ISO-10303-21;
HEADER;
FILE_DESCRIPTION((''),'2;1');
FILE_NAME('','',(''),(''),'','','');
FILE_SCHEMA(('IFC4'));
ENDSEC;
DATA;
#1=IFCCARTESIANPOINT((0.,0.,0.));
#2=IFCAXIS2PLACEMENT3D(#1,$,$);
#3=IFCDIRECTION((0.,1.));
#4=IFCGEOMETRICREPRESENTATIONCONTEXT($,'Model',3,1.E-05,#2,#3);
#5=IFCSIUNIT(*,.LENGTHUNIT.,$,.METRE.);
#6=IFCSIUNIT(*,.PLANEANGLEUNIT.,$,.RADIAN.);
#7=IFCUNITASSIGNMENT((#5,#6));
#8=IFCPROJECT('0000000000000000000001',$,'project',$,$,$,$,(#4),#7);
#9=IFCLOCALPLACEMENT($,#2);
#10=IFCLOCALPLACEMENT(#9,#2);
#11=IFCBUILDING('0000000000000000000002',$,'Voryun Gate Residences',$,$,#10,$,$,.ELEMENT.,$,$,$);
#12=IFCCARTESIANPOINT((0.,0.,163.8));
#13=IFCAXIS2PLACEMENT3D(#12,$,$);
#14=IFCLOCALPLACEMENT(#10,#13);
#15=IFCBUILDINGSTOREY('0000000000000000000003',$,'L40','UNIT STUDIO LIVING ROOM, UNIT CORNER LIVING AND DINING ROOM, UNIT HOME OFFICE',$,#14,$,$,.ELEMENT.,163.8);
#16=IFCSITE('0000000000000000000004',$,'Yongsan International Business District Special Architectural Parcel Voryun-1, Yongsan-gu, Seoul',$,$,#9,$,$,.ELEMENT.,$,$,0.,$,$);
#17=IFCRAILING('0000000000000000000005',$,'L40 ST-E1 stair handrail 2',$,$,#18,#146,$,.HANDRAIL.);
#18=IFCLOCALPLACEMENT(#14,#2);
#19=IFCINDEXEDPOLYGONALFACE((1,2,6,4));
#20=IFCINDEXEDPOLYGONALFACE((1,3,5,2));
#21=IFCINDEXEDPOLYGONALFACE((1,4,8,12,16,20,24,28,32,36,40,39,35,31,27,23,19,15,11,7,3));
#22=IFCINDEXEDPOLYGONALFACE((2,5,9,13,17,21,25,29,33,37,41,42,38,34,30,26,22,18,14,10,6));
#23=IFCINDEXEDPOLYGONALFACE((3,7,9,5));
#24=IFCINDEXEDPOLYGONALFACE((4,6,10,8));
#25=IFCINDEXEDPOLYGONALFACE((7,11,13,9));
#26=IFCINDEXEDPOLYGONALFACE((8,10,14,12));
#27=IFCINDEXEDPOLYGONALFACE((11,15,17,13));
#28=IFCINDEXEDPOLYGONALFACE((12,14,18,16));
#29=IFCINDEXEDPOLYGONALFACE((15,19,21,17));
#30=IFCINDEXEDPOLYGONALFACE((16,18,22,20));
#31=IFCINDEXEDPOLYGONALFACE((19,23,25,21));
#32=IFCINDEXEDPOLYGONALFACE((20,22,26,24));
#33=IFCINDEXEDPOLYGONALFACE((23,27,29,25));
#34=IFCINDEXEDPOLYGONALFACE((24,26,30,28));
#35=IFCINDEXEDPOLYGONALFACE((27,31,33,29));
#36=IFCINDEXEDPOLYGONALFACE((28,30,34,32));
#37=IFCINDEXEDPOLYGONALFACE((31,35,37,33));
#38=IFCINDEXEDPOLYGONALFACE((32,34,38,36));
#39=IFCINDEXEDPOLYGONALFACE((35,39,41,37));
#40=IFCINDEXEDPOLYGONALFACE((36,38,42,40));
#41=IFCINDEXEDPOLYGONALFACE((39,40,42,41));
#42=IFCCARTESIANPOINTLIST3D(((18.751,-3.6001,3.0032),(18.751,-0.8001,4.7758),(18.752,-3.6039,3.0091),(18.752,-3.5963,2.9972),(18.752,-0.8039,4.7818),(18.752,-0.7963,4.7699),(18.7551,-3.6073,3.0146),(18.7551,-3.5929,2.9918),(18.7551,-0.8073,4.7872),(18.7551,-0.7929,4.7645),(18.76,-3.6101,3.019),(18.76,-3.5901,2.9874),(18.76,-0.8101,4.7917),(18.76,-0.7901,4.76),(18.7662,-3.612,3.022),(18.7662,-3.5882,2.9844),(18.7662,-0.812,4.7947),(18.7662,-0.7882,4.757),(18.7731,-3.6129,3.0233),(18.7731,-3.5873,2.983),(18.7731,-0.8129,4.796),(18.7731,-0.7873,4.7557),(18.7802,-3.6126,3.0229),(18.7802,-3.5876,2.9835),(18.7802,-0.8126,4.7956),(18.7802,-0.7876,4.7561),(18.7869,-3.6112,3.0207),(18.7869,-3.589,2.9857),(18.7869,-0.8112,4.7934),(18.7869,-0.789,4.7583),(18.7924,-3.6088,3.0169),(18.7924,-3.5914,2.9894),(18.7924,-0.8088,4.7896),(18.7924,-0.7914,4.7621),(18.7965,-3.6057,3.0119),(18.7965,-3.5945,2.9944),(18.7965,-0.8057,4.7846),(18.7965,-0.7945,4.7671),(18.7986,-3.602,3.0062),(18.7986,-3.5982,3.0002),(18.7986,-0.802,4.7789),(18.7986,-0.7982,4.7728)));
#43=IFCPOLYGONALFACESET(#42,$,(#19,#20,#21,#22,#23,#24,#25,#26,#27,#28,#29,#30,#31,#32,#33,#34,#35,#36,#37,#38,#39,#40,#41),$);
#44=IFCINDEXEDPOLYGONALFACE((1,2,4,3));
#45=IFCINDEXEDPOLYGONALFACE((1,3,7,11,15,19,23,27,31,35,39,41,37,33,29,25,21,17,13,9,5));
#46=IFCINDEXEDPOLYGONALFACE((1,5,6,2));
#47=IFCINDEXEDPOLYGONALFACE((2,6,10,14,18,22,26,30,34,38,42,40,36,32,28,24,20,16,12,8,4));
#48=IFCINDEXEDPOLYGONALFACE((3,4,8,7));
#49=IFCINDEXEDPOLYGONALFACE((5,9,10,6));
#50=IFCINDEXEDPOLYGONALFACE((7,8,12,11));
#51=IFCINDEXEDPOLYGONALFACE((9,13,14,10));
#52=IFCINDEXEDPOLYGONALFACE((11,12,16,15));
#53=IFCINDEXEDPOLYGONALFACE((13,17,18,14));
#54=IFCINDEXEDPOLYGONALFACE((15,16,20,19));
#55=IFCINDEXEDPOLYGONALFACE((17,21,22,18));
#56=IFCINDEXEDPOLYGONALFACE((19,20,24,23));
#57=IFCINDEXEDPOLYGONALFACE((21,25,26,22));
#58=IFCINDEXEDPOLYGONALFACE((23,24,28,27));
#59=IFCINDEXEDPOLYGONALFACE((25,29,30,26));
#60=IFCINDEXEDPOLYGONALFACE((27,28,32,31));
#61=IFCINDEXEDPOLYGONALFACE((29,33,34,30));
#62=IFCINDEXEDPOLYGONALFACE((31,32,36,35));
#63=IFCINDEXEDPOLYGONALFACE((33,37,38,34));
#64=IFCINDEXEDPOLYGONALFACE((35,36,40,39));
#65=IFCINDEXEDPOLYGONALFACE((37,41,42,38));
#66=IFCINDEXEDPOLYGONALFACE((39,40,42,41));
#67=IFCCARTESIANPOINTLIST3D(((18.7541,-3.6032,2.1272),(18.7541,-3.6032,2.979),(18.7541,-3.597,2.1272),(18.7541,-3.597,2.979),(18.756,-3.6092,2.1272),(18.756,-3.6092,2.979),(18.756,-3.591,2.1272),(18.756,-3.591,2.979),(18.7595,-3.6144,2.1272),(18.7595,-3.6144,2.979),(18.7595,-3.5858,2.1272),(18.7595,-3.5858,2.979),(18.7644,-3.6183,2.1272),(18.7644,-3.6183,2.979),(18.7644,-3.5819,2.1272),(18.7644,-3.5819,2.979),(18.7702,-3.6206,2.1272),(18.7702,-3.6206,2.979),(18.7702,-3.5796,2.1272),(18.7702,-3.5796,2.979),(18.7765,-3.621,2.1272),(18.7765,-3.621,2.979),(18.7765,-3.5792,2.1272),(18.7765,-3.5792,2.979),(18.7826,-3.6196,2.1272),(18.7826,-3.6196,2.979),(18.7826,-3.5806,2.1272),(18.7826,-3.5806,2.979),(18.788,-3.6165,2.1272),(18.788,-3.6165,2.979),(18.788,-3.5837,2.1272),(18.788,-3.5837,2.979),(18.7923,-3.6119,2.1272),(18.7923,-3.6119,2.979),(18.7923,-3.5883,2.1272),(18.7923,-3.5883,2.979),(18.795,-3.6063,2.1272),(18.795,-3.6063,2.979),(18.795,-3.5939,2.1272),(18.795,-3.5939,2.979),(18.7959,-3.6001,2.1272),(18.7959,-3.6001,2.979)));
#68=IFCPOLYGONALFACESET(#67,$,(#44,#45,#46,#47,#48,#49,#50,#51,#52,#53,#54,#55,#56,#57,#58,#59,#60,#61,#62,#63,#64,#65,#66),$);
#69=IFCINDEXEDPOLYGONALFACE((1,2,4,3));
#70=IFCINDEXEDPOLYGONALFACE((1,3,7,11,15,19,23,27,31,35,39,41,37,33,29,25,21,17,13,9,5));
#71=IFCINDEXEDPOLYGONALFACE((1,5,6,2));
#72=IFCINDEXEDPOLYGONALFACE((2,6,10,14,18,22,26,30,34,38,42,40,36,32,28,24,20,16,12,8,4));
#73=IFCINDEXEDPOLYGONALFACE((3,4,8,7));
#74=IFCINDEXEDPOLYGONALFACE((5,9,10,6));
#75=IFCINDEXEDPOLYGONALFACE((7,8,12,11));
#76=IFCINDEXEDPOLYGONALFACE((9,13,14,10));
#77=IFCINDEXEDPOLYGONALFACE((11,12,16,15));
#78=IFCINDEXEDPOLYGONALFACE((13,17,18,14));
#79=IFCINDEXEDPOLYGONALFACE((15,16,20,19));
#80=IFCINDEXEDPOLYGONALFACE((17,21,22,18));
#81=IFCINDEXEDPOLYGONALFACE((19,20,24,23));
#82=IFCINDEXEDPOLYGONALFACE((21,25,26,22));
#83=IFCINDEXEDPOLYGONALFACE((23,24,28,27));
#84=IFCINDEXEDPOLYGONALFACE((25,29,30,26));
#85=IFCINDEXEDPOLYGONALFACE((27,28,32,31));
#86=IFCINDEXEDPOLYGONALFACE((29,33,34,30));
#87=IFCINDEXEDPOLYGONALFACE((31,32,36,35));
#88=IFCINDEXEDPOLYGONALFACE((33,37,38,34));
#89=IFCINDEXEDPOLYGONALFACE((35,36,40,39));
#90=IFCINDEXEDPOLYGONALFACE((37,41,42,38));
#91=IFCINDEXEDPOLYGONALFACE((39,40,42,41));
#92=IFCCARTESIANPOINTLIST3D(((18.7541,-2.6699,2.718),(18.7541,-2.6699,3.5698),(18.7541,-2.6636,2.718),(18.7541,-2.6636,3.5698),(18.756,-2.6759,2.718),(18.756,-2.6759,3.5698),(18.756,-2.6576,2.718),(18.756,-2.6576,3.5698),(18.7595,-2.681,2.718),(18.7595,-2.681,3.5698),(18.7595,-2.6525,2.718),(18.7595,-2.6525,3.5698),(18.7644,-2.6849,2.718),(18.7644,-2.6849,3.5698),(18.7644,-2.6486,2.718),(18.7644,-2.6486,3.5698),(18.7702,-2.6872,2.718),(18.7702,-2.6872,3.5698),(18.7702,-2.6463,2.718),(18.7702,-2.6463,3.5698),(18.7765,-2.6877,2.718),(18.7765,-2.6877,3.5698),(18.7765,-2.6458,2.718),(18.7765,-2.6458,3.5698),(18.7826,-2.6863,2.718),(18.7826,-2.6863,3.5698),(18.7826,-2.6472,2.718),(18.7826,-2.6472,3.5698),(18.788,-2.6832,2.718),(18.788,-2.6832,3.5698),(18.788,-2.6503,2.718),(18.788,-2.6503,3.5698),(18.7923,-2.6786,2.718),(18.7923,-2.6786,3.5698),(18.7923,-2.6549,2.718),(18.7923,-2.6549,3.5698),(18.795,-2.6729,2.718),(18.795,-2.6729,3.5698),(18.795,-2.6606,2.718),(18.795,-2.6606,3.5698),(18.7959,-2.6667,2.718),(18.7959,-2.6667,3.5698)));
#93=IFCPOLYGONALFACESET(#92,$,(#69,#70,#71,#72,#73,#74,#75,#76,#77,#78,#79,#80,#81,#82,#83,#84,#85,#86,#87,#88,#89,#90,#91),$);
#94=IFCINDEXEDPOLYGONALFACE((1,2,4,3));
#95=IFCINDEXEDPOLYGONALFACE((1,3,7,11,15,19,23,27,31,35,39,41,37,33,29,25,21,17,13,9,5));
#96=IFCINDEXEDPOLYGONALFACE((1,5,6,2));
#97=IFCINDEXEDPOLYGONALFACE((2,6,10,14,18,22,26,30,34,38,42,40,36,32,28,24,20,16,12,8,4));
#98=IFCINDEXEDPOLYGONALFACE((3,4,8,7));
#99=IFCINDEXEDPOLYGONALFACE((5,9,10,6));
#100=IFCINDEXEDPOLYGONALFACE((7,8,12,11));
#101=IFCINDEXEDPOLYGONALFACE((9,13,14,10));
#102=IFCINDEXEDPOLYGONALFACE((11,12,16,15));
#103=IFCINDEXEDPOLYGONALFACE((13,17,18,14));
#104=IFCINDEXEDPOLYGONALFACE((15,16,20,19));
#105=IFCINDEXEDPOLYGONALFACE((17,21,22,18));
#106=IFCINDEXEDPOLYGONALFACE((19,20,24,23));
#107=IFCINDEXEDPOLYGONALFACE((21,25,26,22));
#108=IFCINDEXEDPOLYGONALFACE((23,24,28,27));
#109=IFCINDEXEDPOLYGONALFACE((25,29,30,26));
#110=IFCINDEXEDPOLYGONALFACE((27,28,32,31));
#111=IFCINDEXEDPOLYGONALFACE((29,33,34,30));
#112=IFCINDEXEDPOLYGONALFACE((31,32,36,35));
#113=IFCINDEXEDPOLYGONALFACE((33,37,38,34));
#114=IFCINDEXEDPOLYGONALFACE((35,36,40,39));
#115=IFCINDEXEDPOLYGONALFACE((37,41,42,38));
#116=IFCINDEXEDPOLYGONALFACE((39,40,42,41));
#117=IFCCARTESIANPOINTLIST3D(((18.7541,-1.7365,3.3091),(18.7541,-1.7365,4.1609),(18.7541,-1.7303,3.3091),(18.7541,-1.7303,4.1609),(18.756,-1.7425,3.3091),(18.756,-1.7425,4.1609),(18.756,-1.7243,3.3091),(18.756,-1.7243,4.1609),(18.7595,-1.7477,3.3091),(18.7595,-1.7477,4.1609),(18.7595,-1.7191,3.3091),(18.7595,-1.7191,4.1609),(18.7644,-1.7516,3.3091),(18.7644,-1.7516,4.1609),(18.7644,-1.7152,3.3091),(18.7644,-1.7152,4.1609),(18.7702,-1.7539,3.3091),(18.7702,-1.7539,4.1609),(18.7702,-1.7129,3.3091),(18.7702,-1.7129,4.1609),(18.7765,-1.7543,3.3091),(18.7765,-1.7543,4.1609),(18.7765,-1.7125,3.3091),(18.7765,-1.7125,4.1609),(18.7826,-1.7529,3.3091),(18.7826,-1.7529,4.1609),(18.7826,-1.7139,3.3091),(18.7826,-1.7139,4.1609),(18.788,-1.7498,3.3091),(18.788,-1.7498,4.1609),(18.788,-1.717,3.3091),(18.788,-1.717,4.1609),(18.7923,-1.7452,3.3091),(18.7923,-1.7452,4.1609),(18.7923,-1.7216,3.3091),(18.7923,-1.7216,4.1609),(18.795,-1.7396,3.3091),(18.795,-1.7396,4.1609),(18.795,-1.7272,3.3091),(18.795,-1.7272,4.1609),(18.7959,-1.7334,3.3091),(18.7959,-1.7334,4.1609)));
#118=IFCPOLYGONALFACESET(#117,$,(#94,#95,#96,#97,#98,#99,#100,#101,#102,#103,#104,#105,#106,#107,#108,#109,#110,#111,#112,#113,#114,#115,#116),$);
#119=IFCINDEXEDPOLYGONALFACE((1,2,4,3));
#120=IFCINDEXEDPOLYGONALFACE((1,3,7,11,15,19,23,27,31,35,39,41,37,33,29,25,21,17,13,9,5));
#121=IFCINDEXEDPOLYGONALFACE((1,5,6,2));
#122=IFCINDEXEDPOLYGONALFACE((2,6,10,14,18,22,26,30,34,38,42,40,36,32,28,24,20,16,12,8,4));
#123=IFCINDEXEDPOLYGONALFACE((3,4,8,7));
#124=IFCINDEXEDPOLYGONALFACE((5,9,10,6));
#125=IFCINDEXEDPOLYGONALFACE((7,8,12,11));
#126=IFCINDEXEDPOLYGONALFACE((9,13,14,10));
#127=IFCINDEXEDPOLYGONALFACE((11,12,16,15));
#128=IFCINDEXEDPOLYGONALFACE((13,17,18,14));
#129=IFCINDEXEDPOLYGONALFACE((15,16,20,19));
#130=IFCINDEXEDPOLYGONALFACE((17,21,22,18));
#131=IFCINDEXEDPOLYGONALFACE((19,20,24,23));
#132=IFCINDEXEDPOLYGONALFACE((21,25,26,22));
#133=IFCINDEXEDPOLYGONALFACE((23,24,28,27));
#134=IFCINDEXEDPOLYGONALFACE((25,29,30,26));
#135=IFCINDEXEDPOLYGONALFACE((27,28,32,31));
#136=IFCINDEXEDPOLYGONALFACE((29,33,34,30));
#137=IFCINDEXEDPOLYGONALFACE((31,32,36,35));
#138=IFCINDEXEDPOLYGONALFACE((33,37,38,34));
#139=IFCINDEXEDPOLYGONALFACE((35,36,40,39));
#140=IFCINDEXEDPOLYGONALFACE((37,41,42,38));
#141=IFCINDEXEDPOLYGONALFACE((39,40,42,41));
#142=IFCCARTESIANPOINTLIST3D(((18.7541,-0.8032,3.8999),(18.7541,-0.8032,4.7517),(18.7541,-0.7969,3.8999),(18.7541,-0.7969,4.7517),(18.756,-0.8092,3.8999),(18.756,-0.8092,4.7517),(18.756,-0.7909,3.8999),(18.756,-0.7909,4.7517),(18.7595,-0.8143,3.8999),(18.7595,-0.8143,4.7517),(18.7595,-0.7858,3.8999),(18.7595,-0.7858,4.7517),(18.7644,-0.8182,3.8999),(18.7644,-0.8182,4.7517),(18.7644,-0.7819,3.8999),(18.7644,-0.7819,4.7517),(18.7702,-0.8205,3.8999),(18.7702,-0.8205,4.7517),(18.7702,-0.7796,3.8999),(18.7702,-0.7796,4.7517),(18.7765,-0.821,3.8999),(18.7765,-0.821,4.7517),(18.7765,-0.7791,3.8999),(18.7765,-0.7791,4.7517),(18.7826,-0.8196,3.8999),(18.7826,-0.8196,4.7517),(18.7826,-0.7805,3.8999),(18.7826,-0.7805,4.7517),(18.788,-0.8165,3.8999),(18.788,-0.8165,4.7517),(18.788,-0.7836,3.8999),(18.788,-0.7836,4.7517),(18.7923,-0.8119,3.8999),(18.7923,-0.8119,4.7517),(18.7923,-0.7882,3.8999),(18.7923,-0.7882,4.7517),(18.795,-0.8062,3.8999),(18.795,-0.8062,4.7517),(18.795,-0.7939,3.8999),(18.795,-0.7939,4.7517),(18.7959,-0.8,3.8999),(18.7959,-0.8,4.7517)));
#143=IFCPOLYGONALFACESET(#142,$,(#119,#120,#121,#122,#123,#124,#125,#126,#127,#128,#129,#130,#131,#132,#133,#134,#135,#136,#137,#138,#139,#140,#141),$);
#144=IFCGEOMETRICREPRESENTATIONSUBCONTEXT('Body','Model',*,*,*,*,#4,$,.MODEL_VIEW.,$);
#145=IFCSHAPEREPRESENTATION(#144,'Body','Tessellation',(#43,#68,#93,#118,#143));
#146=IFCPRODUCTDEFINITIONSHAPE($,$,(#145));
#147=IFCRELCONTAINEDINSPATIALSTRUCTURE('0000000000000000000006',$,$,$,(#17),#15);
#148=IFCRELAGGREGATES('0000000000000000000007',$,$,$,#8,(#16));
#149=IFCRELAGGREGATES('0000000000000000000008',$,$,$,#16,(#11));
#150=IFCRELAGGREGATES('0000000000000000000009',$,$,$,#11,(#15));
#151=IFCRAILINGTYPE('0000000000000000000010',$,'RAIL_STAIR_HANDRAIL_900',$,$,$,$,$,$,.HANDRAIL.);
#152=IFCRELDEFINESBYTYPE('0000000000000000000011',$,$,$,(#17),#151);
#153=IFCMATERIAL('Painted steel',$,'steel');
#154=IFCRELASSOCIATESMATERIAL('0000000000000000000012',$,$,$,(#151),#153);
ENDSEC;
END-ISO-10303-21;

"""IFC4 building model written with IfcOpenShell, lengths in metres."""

from ifc_helpers import new_model, si_unit, direction, frame, origin, origin_2d, place, context, subcontext, project, spatial, circle, extrude, material, type_object, element, save


model = new_model("IFC4")

# Units and contexts
model_context = context("Model", 3, precision=1e-05, world=origin(), true_north=direction((0.0, 1.0)))
body_context = subcontext(model_context, "Body", "Model", "MODEL_VIEW")
ifc_project = project(units=[si_unit("LENGTHUNIT", "METRE"), si_unit("PLANEANGLEUNIT", "RADIAN")], contexts=[model_context])

# Site, building, storey
site_placement = place(None, origin())
site = spatial("IfcSite", under=ifc_project, at=site_placement, Name="Yongsan International Business District Special Architectural Parcel Voryun-1, Yongsan-gu, Seoul", CompositionType="ELEMENT", RefElevation=0.0)
building_placement = place(site_placement, origin())
building = spatial("IfcBuilding", under=site, at=building_placement, Name="Voryun Gate Residences", CompositionType="ELEMENT")
storey_placement = place(building_placement, frame((0.0, 0.0, 163.8)))
storey = spatial("IfcBuildingStorey", under=building, at=storey_placement, Name="L40", Description="UNIT STUDIO LIVING ROOM, UNIT CORNER LIVING AND DINING ROOM, UNIT HOME OFFICE", CompositionType="ELEMENT", Elevation=163.8)

# Railing
ifc_material_1 = material(Name="Painted steel", Category="steel")
railing_type_1 = type_object("IfcRailingType", Name="RAIL_STAIR_HANDRAIL_900", PredefinedType="HANDRAIL", material=ifc_material_1)
railing_1_placement = place(storey_placement, frame((18.7749, -3.6001, 2.1272)))
element("IfcRailing", 1, at=railing_1_placement, inside=storey, type_object=railing_type_1, Name="L40 ST-E1 stair handrail 2", PredefinedType="HANDRAIL", context=body_context, shape_type="SweptSolid", body=[
    extrude(circle(Radius=0.0239, at=origin_2d()), frame((0.0, 0.0, 0.876), z_axis=(0.0, 0.844909, 0.53491), x_axis=(-1.0, 0.0, 0.0)), (0.0, 0.0, 1.0), 3.314),
    extrude(circle(Radius=0.021, at=origin_2d()), origin(), (0.0, 0.0, 1.0), 0.8518),
    extrude(circle(Radius=0.021, at=origin_2d()), frame((0.0, 0.9333, 0.5908)), (0.0, 0.0, 1.0), 0.8518),
    extrude(circle(Radius=0.021, at=origin_2d()), frame((0.0, 1.8667, 1.1819)), (0.0, 0.0, 1.0), 0.8518),
    extrude(circle(Radius=0.021, at=origin_2d()), frame((0.0, 2.8, 1.7727)), (0.0, 0.0, 1.0), 0.8518),
])

save(model, "model.ifc")
